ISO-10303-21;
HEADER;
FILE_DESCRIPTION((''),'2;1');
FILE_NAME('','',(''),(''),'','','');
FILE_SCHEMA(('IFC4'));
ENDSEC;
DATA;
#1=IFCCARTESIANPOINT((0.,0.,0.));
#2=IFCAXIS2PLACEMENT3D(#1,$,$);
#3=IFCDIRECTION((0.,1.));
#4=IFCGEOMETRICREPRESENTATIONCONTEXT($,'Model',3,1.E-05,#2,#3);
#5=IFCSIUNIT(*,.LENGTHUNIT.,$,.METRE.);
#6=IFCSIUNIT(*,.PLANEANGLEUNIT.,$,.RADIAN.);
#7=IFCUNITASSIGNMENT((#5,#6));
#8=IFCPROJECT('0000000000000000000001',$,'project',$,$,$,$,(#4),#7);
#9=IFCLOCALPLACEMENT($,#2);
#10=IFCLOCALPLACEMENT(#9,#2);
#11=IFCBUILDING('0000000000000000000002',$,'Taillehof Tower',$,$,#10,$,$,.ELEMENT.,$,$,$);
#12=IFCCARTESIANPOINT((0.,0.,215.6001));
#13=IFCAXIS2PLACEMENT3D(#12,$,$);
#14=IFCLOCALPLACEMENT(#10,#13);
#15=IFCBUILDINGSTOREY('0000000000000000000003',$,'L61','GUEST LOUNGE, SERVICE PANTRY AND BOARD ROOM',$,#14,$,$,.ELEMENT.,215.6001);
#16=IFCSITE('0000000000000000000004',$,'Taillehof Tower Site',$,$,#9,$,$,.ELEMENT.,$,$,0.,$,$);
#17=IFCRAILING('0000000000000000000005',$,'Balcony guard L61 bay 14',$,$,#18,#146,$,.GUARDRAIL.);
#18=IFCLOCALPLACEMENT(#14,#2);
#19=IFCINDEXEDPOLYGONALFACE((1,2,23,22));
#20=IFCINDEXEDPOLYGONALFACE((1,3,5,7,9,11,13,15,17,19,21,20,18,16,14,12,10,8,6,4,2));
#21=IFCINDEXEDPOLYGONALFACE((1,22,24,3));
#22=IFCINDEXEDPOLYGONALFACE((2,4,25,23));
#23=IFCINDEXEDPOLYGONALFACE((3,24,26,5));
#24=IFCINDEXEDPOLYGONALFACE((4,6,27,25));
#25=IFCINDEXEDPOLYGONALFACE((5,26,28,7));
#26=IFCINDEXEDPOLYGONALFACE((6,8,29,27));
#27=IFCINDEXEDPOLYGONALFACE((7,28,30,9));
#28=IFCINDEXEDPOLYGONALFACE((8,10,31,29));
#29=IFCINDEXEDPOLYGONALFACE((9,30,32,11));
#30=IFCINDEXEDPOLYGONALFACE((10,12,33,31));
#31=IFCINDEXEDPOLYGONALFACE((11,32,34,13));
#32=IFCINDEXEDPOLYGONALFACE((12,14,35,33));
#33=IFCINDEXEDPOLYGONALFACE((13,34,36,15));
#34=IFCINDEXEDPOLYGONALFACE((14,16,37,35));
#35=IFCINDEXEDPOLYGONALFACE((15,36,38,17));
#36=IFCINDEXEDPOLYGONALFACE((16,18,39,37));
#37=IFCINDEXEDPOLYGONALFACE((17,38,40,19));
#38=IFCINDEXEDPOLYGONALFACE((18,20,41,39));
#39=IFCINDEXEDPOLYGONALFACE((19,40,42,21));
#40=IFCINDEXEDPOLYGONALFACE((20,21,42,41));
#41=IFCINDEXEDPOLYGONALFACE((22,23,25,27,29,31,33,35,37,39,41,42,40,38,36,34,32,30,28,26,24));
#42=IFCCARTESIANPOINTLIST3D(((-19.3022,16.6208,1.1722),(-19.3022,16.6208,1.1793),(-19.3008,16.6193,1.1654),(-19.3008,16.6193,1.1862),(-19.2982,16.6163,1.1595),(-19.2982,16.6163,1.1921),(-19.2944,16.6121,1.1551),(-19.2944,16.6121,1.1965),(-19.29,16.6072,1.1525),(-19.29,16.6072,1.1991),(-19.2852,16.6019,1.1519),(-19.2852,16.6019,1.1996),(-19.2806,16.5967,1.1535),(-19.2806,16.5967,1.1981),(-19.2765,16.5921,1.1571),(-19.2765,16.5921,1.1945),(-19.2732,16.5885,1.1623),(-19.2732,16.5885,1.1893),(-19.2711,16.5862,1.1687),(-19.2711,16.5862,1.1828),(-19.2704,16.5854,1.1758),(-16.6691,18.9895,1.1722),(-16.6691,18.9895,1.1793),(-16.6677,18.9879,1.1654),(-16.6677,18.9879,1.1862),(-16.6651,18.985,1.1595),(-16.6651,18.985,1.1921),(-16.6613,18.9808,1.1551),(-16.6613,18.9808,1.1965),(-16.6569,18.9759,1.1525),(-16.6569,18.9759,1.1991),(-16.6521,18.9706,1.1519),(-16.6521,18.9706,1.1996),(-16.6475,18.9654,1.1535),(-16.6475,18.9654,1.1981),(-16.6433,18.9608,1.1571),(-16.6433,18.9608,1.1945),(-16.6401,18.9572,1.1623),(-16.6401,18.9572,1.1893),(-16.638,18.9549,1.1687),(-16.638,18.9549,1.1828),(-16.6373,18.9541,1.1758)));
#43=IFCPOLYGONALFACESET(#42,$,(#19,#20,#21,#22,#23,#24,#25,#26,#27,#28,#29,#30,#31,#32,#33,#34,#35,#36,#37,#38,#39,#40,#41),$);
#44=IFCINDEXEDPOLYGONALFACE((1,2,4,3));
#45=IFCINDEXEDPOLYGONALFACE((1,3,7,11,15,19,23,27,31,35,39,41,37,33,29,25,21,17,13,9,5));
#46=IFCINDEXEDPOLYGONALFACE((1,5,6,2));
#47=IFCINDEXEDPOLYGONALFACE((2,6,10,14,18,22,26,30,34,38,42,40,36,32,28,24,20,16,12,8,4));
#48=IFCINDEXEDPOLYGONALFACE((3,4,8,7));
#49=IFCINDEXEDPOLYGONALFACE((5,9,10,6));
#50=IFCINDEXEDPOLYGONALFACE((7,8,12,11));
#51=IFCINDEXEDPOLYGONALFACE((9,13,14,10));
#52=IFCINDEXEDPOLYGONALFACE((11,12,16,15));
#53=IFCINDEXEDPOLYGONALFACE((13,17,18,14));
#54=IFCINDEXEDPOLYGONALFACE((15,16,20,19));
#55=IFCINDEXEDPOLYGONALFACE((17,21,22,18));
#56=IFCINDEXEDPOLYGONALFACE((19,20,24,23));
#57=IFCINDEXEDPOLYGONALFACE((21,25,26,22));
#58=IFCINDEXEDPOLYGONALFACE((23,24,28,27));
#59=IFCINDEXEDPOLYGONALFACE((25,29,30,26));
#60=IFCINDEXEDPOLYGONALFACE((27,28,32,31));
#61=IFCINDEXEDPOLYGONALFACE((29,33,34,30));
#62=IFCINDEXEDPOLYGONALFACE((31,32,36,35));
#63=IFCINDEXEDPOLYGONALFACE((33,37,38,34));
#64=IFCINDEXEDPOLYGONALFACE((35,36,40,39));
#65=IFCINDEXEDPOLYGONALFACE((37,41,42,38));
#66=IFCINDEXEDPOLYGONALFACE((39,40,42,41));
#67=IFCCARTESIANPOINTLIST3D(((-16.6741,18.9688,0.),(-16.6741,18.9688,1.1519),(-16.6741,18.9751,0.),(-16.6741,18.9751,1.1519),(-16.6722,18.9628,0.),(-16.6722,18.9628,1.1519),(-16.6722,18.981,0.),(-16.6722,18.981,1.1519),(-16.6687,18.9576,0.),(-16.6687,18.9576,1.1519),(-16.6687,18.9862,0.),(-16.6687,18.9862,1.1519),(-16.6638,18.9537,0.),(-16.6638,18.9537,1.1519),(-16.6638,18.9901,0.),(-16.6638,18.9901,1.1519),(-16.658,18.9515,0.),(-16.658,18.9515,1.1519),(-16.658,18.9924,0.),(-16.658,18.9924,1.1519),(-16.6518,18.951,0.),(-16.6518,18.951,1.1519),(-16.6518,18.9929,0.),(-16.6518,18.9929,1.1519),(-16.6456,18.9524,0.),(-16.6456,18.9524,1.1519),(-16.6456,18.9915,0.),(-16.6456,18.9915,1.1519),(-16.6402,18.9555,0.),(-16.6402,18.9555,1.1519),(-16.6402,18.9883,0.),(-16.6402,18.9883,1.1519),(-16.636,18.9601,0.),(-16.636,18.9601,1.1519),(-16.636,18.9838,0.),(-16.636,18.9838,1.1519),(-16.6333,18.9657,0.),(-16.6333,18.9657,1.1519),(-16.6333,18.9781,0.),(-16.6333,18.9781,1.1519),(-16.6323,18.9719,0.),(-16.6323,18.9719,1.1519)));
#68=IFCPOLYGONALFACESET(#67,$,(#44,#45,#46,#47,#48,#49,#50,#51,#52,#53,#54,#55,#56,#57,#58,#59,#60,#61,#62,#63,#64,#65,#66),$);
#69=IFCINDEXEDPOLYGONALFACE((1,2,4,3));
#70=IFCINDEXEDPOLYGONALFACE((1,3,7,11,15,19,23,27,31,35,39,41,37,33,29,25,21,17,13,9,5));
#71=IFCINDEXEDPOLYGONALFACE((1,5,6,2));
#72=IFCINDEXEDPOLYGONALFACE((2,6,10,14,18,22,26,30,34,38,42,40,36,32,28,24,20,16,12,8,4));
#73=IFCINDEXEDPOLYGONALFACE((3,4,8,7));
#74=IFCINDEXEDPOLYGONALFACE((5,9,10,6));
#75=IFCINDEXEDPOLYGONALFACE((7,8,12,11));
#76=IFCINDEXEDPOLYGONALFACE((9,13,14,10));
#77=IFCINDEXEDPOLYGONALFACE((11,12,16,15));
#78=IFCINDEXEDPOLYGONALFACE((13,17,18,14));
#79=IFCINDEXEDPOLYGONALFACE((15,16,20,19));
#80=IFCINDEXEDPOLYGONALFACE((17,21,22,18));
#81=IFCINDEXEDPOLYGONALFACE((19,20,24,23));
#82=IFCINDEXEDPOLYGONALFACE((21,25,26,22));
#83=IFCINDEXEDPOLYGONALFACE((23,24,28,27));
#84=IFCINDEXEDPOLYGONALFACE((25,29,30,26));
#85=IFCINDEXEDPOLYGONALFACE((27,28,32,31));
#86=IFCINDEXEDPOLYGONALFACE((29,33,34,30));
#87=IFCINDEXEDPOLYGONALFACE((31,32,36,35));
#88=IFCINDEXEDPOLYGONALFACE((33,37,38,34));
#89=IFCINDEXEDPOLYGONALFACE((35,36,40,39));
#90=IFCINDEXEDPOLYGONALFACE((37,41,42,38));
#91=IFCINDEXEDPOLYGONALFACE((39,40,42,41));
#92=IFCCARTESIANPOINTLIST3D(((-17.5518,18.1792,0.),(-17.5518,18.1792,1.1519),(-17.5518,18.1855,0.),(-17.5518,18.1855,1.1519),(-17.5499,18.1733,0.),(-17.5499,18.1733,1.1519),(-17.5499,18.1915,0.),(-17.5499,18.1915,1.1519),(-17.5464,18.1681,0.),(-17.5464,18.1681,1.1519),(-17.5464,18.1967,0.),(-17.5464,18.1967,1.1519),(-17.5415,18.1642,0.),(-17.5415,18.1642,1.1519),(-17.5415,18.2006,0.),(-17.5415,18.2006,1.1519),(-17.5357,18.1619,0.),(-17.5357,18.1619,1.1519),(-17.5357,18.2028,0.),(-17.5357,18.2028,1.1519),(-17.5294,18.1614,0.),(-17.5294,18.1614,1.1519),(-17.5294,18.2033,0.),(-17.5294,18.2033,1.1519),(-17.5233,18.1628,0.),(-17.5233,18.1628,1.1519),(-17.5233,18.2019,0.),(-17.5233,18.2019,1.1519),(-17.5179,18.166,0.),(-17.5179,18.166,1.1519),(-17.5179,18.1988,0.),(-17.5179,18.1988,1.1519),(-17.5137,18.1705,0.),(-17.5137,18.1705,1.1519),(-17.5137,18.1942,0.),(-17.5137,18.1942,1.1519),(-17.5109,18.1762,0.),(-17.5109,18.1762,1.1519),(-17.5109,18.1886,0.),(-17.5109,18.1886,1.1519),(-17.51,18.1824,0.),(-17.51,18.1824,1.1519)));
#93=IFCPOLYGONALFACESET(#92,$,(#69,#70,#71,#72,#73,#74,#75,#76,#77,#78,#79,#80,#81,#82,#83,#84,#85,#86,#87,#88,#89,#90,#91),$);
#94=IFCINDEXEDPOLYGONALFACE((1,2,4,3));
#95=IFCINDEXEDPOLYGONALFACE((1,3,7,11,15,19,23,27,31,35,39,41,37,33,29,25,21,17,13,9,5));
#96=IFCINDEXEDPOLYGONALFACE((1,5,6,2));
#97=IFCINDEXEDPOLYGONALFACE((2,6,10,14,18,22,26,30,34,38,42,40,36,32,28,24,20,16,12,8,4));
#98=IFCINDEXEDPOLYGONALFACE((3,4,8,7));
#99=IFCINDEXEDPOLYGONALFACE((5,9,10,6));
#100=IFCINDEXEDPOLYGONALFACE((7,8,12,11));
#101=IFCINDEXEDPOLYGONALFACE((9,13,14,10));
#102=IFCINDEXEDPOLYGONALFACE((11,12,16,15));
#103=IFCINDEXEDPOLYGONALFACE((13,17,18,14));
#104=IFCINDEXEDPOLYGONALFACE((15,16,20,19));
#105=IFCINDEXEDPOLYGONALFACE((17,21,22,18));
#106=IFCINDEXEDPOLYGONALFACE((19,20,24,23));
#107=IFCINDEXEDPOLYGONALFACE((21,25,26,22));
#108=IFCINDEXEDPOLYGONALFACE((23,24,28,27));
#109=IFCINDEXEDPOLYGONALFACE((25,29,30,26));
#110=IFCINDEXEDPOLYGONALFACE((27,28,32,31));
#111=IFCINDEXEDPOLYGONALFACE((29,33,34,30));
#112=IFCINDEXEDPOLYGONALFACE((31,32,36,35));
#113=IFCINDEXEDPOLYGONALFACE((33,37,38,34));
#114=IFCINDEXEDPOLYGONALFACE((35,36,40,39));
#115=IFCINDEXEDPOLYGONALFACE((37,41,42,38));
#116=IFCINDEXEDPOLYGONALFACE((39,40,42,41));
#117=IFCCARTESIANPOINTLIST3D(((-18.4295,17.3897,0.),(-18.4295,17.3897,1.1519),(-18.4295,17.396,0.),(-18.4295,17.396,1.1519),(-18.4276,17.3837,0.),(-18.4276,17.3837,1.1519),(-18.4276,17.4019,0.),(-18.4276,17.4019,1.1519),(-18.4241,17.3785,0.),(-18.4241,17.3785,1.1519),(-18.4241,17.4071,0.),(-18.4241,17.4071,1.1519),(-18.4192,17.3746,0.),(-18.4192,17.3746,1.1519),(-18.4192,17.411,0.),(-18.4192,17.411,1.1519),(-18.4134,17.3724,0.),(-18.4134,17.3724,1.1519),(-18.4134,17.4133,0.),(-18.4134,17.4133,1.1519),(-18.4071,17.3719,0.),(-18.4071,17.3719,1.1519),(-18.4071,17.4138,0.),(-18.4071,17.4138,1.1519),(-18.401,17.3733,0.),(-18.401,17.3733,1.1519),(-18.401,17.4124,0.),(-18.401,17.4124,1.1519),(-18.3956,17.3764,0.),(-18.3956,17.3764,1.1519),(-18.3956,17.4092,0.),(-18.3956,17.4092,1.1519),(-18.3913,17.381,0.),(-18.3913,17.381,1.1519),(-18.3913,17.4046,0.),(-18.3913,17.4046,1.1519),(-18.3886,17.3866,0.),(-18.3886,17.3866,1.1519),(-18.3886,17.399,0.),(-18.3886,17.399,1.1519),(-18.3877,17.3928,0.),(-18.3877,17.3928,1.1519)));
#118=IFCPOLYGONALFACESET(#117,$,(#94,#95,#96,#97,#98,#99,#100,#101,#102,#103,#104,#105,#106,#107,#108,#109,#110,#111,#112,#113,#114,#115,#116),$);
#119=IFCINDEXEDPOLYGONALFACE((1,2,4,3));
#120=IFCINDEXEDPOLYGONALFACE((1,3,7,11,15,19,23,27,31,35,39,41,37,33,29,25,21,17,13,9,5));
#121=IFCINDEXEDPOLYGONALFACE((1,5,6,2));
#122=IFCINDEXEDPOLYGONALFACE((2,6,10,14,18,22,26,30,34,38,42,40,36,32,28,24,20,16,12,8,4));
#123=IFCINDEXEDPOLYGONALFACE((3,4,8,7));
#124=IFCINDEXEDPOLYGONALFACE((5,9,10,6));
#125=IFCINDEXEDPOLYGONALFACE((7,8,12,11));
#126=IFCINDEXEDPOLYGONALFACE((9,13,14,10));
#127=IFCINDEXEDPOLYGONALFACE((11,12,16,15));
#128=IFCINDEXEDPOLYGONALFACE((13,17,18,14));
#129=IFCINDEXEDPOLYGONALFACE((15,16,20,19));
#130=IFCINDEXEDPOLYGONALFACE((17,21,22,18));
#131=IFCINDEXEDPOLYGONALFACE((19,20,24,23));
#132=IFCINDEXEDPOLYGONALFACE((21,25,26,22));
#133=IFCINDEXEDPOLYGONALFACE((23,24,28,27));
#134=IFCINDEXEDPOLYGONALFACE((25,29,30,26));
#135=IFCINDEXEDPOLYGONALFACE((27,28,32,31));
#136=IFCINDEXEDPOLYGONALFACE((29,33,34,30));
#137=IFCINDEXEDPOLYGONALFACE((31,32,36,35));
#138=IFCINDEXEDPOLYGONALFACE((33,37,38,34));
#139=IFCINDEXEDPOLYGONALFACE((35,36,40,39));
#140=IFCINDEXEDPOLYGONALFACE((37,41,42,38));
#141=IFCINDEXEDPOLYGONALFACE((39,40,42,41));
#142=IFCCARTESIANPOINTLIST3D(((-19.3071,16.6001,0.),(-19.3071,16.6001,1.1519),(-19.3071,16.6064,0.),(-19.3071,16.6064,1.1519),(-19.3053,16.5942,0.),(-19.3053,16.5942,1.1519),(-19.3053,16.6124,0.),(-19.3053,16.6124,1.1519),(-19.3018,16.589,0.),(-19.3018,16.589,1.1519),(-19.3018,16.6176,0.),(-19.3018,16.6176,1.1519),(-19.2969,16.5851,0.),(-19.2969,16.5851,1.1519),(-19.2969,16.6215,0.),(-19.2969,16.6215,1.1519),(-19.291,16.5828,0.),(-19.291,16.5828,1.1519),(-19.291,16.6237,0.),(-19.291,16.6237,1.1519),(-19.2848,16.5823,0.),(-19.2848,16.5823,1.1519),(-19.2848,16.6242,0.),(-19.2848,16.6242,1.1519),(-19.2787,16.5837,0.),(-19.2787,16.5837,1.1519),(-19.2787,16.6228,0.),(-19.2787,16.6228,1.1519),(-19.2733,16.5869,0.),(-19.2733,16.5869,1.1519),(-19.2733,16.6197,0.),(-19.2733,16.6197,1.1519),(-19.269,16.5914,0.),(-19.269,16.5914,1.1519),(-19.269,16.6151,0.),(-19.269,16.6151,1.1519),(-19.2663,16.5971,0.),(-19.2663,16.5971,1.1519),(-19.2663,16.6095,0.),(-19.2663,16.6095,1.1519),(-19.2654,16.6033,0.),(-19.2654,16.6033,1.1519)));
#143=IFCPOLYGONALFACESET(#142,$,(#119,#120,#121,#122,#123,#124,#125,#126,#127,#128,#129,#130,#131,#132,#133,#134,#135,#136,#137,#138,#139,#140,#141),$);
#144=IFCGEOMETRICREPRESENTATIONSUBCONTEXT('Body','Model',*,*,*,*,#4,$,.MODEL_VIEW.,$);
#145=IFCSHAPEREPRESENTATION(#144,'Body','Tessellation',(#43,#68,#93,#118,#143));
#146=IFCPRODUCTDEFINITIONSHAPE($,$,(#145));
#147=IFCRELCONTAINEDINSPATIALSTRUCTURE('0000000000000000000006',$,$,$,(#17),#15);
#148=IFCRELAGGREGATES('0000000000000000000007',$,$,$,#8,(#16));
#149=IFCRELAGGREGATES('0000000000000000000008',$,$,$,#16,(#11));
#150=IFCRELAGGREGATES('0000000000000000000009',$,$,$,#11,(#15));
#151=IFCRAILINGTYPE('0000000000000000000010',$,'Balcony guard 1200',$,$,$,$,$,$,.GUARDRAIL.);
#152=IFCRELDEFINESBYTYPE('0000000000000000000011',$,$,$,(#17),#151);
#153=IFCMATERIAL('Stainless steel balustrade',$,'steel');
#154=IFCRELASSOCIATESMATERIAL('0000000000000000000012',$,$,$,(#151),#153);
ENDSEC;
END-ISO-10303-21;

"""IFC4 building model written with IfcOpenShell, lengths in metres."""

from ifc_helpers import new_model, si_unit, direction, frame, origin, origin_2d, place, context, subcontext, project, spatial, circle, extrude, material, type_object, element, save


model = new_model("IFC4")

# Units and contexts
model_context = context("Model", 3, precision=1e-05, world=origin(), true_north=direction((0.0, 1.0)))
body_context = subcontext(model_context, "Body", "Model", "MODEL_VIEW")
ifc_project = project(units=[si_unit("LENGTHUNIT", "METRE"), si_unit("PLANEANGLEUNIT", "RADIAN")], contexts=[model_context])

# Site, building, storey
site_placement = place(None, origin())
site = spatial("IfcSite", under=ifc_project, at=site_placement, Name="Taillehof Tower Site", CompositionType="ELEMENT", RefElevation=0.0)
building_placement = place(site_placement, origin())
building = spatial("IfcBuilding", under=site, at=building_placement, Name="Taillehof Tower", CompositionType="ELEMENT")
storey_placement = place(building_placement, frame((0.0, 0.0, 215.6001)))
storey = spatial("IfcBuildingStorey", under=building, at=storey_placement, Name="L61", Description="GUEST LOUNGE, SERVICE PANTRY AND BOARD ROOM", CompositionType="ELEMENT", Elevation=215.6001)

# Railing
ifc_material_1 = material(Name="Stainless steel balustrade", Category="steel")
railing_type_1 = type_object("IfcRailingType", Name="Balcony guard 1200", PredefinedType="GUARDRAIL", material=ifc_material_1)
railing_1_placement = place(storey_placement, frame((-16.6533, 18.9719, 0.0)))
element("IfcRailing", 1, at=railing_1_placement, inside=storey, type_object=railing_type_1, Name="Balcony guard L61 bay 14", PredefinedType="GUARDRAIL", context=body_context, shape_type="SweptSolid", body=[
    extrude(circle(Radius=0.0239, at=origin_2d()), frame((0.0, 0.0, 1.1758), z_axis=(-0.743448, -0.668793, 0.0), x_axis=(0.668793, -0.743448, 0.0)), (0.0, 0.0, 1.0), 3.5417),
    extrude(circle(Radius=0.021, at=origin_2d()), origin(), (0.0, 0.0, 1.0), 1.1519),
    extrude(circle(Radius=0.021, at=origin_2d()), frame((-0.8777, -0.7896, 0.0)), (0.0, 0.0, 1.0), 1.1519),
    extrude(circle(Radius=0.021, at=origin_2d()), frame((-1.7554, -1.5791, 0.0)), (0.0, 0.0, 1.0), 1.1519),
    extrude(circle(Radius=0.021, at=origin_2d()), frame((-2.6331, -2.3687, 0.0)), (0.0, 0.0, 1.0), 1.1519),
])

save(model, "model.ifc")
